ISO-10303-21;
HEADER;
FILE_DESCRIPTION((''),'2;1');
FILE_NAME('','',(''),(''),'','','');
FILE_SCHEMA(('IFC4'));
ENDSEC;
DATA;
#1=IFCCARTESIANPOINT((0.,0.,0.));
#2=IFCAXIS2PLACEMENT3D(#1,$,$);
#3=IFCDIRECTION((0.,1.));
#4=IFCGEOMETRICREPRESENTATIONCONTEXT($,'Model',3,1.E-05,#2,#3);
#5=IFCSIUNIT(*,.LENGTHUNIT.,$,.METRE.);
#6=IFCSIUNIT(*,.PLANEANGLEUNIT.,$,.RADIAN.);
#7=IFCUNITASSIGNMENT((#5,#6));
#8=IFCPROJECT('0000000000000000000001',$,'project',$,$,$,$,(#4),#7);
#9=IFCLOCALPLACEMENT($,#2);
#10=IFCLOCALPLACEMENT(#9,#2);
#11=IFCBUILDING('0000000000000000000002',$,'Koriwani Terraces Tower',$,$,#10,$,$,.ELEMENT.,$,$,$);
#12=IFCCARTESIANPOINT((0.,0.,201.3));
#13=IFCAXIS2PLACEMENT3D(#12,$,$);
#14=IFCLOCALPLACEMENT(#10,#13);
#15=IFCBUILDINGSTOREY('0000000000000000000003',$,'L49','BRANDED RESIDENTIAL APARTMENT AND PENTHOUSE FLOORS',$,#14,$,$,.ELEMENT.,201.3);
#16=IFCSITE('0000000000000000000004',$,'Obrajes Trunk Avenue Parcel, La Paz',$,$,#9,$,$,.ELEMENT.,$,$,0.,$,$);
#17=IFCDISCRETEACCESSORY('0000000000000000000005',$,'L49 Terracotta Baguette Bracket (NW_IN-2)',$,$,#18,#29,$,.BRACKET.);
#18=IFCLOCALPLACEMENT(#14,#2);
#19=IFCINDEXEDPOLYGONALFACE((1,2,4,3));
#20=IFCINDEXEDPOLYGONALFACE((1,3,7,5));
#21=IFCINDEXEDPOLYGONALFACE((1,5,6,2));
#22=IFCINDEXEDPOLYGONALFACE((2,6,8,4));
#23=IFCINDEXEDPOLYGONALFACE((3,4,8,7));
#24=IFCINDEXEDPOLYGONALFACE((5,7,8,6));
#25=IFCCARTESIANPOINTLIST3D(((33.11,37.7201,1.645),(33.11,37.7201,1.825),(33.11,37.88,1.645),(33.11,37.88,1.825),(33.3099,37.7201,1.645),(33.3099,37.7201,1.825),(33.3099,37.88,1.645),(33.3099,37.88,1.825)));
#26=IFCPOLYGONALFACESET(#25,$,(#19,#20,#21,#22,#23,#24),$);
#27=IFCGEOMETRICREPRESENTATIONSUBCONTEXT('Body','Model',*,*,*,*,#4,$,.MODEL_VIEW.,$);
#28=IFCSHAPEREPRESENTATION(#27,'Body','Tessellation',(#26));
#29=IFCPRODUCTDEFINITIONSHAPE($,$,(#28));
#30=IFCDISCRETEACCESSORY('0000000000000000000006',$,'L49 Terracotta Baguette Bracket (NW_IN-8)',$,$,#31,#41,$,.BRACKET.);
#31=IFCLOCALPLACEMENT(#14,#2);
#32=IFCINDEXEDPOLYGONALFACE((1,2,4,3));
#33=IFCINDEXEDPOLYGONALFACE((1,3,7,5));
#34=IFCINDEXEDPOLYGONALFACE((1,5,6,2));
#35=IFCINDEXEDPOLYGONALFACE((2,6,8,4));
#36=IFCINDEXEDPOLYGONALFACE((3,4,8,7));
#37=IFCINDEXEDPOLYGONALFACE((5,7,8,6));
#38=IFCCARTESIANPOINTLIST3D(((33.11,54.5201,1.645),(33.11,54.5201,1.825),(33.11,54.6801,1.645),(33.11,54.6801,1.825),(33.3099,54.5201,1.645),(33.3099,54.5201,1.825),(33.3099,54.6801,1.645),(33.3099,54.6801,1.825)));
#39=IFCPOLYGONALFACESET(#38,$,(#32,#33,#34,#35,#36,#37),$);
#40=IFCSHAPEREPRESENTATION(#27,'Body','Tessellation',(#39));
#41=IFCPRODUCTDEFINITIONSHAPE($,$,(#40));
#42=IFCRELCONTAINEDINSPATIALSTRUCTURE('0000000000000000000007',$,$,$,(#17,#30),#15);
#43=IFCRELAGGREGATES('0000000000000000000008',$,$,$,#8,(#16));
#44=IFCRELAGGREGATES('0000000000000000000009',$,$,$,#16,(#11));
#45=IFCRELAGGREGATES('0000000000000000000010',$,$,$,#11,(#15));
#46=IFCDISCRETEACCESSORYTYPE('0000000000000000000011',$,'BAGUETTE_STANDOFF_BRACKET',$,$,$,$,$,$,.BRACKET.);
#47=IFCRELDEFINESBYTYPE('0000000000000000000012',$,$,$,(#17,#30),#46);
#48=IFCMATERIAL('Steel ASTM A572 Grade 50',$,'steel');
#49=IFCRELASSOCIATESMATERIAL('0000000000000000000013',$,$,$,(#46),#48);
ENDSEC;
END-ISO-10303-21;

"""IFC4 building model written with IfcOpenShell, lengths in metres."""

from ifc_helpers import new_model, si_unit, direction, frame, origin, origin_2d, place, context, subcontext, project, spatial, rectangle, extrude, material, type_object, element, save


model = new_model("IFC4")

# Units and contexts
model_context = context("Model", 3, precision=1e-05, world=origin(), true_north=direction((0.0, 1.0)))
body_context = subcontext(model_context, "Body", "Model", "MODEL_VIEW")
ifc_project = project(units=[si_unit("LENGTHUNIT", "METRE"), si_unit("PLANEANGLEUNIT", "RADIAN")], contexts=[model_context])

# Site, building, storey
site_placement = place(None, origin())
site = spatial("IfcSite", under=ifc_project, at=site_placement, Name="Obrajes Trunk Avenue Parcel, La Paz", CompositionType="ELEMENT", RefElevation=0.0)
building_placement = place(site_placement, origin())
building = spatial("IfcBuilding", under=site, at=building_placement, Name="Koriwani Terraces Tower", CompositionType="ELEMENT")
storey_placement = place(building_placement, frame((0.0, 0.0, 201.3)))
storey = spatial("IfcBuildingStorey", under=building, at=storey_placement, Name="L49", Description="BRANDED RESIDENTIAL APARTMENT AND PENTHOUSE FLOORS", CompositionType="ELEMENT", Elevation=201.3)

# Shared definitions
ifc_material_1 = material(Name="Steel ASTM A572 Grade 50", Category="steel")

# Discrete accessories
discrete_accessory_type = type_object("IfcDiscreteAccessoryType", Name="BAGUETTE_STANDOFF_BRACKET", PredefinedType="BRACKET", material=ifc_material_1)
for number, where, z_axis, x_axis, name in (
    (1, (33.21, 37.8, 1.645), (0.0, 0.0, 1.0), (0.0, -1.0, 0.0), "L49 Terracotta Baguette Bracket (NW_IN-2)"),
    (2, (33.21, 54.6001, 1.645), (0.0, 0.0, 1.0), (0.0, -1.0, 0.0), "L49 Terracotta Baguette Bracket (NW_IN-8)"),
):
    element("IfcDiscreteAccessory", number, at=place(storey_placement, frame(where, z_axis=z_axis, x_axis=x_axis)), inside=storey, type_object=discrete_accessory_type, Name=name, PredefinedType="BRACKET", context=body_context, shape_type="SweptSolid", body=[
        extrude(rectangle(XDim=0.1599, YDim=0.2, at=origin_2d()), origin(), (0.0, 0.0, 1.0), 0.1799),
    ])

save(model, "model.ifc")
